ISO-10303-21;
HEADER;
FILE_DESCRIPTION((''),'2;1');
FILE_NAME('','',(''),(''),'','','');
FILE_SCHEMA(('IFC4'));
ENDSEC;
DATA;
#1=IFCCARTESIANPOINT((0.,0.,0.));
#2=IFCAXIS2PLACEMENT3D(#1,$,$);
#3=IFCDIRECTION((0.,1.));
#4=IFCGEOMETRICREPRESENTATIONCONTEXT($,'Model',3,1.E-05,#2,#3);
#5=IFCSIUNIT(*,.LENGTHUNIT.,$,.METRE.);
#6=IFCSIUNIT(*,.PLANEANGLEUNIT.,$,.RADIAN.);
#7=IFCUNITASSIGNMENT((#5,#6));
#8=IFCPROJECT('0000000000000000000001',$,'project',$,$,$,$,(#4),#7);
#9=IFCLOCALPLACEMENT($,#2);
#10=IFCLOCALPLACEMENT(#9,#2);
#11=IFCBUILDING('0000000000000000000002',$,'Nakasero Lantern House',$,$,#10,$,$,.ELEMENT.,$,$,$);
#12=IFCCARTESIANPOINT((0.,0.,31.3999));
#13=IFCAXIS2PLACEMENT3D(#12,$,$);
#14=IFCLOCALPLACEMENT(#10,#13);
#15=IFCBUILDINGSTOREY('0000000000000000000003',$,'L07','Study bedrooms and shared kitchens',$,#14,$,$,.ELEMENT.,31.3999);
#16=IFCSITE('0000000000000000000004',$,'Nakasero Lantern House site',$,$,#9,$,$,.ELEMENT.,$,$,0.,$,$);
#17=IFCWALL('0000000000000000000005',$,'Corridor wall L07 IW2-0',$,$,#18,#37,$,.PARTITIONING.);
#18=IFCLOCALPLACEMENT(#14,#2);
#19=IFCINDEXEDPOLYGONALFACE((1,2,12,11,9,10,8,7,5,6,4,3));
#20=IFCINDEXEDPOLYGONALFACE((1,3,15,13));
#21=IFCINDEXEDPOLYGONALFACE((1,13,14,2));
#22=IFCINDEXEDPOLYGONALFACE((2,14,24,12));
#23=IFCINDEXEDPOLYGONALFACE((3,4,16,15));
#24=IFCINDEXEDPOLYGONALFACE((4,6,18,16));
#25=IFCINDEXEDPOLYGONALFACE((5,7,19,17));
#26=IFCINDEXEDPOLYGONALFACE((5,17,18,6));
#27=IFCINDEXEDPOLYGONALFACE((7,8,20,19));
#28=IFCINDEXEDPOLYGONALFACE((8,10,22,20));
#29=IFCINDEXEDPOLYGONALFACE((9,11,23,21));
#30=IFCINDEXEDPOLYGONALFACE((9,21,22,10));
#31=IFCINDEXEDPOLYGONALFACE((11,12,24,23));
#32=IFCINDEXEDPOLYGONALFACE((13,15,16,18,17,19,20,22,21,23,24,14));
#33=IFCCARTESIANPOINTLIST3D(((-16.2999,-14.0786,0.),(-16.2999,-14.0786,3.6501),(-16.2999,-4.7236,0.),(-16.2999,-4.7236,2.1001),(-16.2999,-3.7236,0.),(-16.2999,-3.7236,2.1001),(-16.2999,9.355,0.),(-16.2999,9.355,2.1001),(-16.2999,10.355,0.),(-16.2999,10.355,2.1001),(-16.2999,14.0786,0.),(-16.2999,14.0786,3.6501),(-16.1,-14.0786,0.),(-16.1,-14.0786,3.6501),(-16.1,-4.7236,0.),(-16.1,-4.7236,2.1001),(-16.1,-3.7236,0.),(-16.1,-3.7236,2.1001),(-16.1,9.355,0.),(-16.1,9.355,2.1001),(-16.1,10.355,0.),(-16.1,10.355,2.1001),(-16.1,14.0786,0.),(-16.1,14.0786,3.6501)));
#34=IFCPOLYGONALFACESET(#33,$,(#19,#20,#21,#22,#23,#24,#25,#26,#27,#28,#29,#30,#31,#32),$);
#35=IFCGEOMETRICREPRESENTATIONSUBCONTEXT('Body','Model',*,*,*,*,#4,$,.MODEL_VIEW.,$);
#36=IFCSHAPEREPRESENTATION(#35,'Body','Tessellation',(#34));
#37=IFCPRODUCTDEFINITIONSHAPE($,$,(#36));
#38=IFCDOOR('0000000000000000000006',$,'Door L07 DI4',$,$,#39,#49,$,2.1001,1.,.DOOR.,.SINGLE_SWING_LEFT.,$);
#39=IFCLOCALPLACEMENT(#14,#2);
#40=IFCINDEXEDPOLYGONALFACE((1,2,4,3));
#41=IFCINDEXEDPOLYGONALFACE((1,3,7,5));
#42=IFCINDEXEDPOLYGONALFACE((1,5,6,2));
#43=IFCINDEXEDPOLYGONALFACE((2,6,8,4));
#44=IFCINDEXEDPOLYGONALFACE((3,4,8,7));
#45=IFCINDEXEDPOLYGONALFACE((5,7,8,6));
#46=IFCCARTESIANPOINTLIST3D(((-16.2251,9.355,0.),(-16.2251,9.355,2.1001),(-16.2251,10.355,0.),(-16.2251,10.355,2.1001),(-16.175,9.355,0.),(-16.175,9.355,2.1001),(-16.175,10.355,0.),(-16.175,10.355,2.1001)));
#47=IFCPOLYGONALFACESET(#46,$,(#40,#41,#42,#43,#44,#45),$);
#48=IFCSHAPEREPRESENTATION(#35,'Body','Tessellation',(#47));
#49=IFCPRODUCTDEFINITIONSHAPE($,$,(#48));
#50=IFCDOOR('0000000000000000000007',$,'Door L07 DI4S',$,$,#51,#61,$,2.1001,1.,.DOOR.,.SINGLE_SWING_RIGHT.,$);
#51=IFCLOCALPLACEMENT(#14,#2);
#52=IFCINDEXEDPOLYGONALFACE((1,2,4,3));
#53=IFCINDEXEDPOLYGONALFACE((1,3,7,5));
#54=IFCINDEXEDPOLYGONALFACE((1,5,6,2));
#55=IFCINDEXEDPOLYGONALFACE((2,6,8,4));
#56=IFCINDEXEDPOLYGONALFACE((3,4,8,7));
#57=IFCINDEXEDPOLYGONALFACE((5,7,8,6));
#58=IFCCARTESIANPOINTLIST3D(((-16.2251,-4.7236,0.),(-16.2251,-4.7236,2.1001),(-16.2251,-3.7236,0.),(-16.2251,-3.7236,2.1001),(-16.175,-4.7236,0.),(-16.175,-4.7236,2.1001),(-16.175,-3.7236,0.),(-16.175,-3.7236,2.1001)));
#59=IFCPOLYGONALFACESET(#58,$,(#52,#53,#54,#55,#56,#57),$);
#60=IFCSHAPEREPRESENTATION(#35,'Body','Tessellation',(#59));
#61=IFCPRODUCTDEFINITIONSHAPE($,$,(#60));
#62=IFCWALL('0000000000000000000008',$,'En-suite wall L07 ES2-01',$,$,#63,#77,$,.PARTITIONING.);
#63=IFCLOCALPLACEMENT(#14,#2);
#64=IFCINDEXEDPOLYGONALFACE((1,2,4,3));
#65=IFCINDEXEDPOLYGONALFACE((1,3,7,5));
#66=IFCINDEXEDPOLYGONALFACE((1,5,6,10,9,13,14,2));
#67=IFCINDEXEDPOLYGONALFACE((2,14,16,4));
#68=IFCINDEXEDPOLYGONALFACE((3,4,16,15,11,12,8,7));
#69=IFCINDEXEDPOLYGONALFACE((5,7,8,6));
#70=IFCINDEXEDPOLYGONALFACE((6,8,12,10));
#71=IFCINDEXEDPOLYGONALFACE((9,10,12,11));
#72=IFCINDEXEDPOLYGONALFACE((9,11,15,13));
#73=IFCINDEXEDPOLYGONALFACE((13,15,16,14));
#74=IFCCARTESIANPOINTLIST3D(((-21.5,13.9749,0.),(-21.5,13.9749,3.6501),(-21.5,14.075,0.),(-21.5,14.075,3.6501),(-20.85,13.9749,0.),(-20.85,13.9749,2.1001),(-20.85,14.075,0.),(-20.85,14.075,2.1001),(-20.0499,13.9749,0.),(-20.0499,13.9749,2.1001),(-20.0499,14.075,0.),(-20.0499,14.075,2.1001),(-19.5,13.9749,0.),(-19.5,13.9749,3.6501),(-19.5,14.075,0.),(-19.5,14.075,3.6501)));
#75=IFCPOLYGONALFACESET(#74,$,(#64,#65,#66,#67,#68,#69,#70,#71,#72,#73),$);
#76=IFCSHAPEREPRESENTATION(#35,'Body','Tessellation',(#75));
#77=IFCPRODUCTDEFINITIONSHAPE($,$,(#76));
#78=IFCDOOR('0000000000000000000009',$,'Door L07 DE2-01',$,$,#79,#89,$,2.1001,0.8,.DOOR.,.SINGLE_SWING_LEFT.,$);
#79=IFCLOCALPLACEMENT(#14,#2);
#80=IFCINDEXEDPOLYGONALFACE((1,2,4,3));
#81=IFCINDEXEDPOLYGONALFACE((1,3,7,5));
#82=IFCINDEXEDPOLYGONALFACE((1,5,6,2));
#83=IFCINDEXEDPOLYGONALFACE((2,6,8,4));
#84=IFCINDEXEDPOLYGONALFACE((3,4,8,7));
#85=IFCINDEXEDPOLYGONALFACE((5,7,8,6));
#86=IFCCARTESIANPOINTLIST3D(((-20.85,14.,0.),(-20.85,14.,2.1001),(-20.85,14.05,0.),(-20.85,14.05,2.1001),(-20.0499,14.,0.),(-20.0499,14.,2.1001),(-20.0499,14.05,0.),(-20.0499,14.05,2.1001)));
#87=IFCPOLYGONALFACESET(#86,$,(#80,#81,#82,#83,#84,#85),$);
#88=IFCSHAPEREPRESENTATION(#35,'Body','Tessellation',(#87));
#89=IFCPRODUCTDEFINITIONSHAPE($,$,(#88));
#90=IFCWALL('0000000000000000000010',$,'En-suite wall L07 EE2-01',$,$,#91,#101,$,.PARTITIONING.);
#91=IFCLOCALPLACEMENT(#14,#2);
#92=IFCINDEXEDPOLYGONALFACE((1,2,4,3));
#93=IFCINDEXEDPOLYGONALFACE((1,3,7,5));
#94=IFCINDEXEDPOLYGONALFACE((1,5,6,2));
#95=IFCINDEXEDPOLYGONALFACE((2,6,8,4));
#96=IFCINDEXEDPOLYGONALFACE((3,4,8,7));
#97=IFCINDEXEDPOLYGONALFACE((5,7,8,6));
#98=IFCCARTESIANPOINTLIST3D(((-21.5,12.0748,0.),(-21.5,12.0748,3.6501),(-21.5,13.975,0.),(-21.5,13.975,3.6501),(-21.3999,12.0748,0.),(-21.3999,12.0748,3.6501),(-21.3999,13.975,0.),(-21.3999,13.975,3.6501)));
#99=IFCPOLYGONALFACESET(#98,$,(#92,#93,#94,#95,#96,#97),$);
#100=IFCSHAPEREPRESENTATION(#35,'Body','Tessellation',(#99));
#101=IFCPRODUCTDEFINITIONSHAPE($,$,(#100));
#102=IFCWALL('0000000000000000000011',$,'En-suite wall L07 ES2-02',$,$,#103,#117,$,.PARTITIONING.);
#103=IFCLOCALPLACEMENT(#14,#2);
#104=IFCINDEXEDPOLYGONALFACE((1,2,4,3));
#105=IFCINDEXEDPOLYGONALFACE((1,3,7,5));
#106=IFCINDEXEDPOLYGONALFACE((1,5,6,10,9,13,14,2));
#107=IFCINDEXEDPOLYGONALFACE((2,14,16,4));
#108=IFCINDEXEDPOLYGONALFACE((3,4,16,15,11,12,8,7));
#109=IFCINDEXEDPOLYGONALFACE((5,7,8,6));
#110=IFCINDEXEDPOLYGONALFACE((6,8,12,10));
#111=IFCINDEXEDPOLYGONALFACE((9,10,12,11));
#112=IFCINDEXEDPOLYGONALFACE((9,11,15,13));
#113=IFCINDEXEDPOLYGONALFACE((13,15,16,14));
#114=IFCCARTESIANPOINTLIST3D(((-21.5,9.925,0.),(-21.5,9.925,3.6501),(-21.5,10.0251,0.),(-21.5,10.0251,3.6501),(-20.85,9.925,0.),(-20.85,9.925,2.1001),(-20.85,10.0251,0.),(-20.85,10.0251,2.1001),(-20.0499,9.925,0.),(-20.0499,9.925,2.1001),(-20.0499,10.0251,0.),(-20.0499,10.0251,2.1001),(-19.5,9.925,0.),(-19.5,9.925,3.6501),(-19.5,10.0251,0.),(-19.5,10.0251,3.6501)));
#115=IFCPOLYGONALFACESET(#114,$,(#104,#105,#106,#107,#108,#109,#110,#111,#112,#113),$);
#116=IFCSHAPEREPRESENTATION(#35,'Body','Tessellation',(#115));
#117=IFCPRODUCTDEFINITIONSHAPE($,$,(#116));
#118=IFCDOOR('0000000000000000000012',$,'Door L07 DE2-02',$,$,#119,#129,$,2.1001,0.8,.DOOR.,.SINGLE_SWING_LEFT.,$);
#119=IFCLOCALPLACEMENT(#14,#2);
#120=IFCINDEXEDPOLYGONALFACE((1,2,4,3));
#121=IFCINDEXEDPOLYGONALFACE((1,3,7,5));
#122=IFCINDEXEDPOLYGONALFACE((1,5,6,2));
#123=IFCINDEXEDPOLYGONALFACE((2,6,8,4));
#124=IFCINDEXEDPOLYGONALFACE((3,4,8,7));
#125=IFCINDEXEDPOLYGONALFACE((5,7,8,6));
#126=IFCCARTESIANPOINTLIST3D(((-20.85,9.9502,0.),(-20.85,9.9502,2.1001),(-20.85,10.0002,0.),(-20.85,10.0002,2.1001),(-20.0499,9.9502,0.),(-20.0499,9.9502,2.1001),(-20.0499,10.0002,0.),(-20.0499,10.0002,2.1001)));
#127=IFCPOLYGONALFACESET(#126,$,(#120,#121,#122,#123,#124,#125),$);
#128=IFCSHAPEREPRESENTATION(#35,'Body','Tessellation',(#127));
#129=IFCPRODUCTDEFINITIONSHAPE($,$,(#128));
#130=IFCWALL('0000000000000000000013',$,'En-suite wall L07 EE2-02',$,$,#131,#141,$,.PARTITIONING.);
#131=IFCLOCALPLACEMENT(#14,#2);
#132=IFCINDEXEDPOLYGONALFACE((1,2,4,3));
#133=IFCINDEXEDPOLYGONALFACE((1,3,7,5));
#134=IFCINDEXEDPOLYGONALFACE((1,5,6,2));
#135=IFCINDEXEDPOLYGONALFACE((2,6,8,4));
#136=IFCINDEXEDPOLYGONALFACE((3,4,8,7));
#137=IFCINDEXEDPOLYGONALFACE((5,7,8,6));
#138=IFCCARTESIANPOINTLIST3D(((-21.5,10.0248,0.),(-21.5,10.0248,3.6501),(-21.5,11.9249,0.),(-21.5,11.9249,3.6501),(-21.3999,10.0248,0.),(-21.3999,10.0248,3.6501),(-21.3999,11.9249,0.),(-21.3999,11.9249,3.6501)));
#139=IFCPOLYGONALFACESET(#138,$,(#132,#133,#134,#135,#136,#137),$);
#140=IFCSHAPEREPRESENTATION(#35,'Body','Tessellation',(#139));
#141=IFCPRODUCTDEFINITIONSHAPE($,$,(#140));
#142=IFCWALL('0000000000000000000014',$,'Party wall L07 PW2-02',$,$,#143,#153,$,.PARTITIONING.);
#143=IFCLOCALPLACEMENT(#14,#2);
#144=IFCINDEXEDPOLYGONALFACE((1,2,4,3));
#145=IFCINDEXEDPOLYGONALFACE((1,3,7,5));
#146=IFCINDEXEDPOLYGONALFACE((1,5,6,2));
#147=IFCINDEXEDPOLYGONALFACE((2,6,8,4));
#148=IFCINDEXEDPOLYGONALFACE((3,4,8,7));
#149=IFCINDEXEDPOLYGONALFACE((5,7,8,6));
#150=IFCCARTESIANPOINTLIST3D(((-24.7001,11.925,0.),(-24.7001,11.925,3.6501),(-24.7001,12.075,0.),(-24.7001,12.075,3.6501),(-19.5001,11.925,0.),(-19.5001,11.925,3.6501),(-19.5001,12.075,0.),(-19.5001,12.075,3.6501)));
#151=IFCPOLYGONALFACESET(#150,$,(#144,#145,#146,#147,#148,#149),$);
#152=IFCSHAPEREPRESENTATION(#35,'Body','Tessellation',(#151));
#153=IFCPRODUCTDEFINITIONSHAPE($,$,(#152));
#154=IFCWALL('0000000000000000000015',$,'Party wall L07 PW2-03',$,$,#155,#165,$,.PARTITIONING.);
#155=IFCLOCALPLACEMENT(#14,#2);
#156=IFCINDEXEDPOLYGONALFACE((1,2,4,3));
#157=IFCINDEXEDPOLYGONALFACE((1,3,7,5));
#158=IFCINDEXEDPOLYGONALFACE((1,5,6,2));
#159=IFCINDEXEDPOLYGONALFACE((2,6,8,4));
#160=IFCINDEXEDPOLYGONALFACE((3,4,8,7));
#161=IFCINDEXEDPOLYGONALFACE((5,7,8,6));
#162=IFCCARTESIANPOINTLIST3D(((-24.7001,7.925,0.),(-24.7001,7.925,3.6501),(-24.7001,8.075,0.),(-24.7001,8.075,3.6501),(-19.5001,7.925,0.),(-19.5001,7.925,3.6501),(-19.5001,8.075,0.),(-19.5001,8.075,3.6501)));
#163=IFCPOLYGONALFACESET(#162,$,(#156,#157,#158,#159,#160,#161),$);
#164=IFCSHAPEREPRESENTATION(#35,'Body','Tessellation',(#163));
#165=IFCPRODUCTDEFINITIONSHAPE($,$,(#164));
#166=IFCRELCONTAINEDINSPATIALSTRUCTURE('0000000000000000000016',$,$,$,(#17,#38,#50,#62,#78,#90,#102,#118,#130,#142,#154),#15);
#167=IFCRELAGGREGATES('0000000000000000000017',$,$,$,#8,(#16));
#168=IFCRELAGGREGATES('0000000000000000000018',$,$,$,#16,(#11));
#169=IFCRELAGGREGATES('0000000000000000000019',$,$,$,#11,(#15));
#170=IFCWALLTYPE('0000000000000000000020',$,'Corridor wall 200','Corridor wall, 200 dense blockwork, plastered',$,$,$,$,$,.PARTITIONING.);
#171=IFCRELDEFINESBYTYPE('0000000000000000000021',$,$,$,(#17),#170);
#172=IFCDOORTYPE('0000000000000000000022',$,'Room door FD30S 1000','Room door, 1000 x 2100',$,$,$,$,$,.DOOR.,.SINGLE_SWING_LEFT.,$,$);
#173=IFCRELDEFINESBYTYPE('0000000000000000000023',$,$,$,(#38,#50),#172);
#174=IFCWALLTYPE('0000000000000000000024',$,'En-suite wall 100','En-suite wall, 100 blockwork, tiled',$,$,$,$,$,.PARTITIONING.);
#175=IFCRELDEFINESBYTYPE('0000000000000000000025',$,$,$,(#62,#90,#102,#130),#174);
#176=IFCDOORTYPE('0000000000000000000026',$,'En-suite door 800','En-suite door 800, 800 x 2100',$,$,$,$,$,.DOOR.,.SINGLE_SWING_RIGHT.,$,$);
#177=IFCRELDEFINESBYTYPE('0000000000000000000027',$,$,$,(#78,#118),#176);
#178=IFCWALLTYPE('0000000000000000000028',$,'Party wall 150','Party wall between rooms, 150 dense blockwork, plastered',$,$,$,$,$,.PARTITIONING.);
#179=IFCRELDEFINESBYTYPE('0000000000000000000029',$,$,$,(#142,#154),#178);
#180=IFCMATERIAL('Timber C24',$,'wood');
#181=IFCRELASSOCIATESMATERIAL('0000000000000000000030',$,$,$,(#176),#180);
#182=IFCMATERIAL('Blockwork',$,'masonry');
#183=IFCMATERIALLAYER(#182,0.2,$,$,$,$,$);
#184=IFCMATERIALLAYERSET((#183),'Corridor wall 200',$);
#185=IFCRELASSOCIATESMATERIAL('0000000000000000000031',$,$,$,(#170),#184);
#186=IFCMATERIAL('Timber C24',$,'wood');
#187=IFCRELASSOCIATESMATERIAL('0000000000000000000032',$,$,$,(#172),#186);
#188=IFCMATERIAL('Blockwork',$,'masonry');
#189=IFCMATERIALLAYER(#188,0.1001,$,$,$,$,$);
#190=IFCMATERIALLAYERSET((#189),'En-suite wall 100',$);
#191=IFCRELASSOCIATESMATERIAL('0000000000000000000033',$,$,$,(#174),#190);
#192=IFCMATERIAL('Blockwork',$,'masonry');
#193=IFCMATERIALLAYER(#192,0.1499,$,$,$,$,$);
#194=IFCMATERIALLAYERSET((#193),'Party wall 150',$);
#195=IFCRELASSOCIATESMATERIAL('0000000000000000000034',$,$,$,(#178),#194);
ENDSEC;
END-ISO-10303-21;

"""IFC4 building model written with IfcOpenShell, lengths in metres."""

from ifc_helpers import new_model, si_unit, direction, frame, frame_2d, origin, place, context, subcontext, project, spatial, rectangle, extrude, material, layer, layer_set, type_object, element, fill, save


model = new_model("IFC4")

# Units and contexts
model_context = context("Model", 3, precision=1e-05, world=origin(), true_north=direction((0.0, 1.0)))
body_context = subcontext(model_context, "Body", "Model", "MODEL_VIEW")
ifc_project = project(units=[si_unit("LENGTHUNIT", "METRE"), si_unit("PLANEANGLEUNIT", "RADIAN")], contexts=[model_context])

# Site, building, storey
site_placement = place(None, origin())
site = spatial("IfcSite", under=ifc_project, at=site_placement, Name="Nakasero Lantern House site", CompositionType="ELEMENT", RefElevation=0.0)
building_placement = place(site_placement, origin())
building = spatial("IfcBuilding", under=site, at=building_placement, Name="Nakasero Lantern House", CompositionType="ELEMENT")
storey_placement = place(building_placement, frame((0.0, 0.0, 31.3999)))
storey = spatial("IfcBuildingStorey", under=building, at=storey_placement, Name="L07", Description="Study bedrooms and shared kitchens", CompositionType="ELEMENT", Elevation=31.3999)

# Wall, openings, doors
ifc_material_1 = material(Name="Timber C24", Category="wood")
door_type_1 = type_object("IfcDoorType", Name="En-suite door 800", Description="En-suite door 800, 800 x 2100", OperationType="SINGLE_SWING_RIGHT", PredefinedType="DOOR", material=ifc_material_1)
ifc_material_2 = material(Name="Blockwork", Category="masonry")
ifc_layer_1 = layer(ifc_material_2, 0.2)
ifc_layer_set_1 = layer_set([ifc_layer_1], Name="Corridor wall 200")
wall_type_1 = type_object("IfcWallType", Name="Corridor wall 200", Description="Corridor wall, 200 dense blockwork, plastered", PredefinedType="PARTITIONING", material=ifc_layer_set_1)
wall_1_placement = place(storey_placement, frame((-16.2, 14.0786, 0.0), z_axis=(0.0, 0.0, 1.0), x_axis=(0.0, -1.0, 0.0)))
wall_1 = element("IfcWall", 1, at=wall_1_placement, inside=storey, type_object=wall_type_1, Name="Corridor wall L07 IW2-0", PredefinedType="PARTITIONING", context=body_context, shape_type="SweptSolid", body=[
    extrude(rectangle(XDim=28.1572, YDim=0.2, at=frame_2d((14.0786, 0.0))), origin(), (0.0, 0.0, 1.0), 3.6501),
])
opening_1_placement = place(wall_1_placement, frame((3.7236, 0.0, 0.0)))
opening_1 = element("IfcOpeningElement", 2, at=opening_1_placement, cuts=wall_1, PredefinedType="OPENING", context=body_context, shape_type="SweptSolid", body=[
    extrude(rectangle(XDim=1.0, YDim=2.1001, at=frame_2d((0.5, 1.05))), frame((0.0, 0.1199, 0.0), z_axis=(0.0, -1.0, 0.0), x_axis=(1.0, 0.0, 0.0)), (0.0, 0.0, 1.0), 0.24),
])
opening_2_placement = place(wall_1_placement, frame((17.8022, 0.0, 0.0)))
opening_2 = element("IfcOpeningElement", 3, at=opening_2_placement, cuts=wall_1, PredefinedType="OPENING", context=body_context, shape_type="SweptSolid", body=[
    extrude(rectangle(XDim=1.0, YDim=2.1001, at=frame_2d((0.5, 1.05))), frame((0.0, 0.1199, 0.0), z_axis=(0.0, -1.0, 0.0), x_axis=(1.0, 0.0, 0.0)), (0.0, 0.0, 1.0), 0.24),
])
ifc_material_3 = material(Name="Timber C24", Category="wood")
door_type_2 = type_object("IfcDoorType", Name="Room door FD30S 1000", Description="Room door, 1000 x 2100", OperationType="SINGLE_SWING_LEFT", PredefinedType="DOOR", material=ifc_material_3)
door_1_placement = place(opening_1_placement, origin())
door_1 = element("IfcDoor", 4, at=door_1_placement, inside=storey, type_object=door_type_2, Name="Door L07 DI4", OperationType="SINGLE_SWING_LEFT", OverallHeight=2.1001, OverallWidth=1.0, PredefinedType="DOOR", context=body_context, shape_type="SweptSolid", body=[
    extrude(rectangle(XDim=1.0, YDim=2.1001, at=frame_2d((0.5, 1.05))), frame((0.0, 0.0249, 0.0), z_axis=(0.0, -1.0, 0.0), x_axis=(1.0, 0.0, 0.0)), (0.0, 0.0, 1.0), 0.05),
])
fill(opening_1, door_1)
door_2_placement = place(opening_2_placement, origin())
door_2 = element("IfcDoor", 5, at=door_2_placement, inside=storey, type_object=door_type_2, Name="Door L07 DI4S", OperationType="SINGLE_SWING_RIGHT", OverallHeight=2.1001, OverallWidth=1.0, PredefinedType="DOOR", context=body_context, shape_type="SweptSolid", body=[
    extrude(rectangle(XDim=1.0, YDim=2.1001, at=frame_2d((0.5, 1.05))), frame((0.0, 0.0249, 0.0), z_axis=(0.0, -1.0, 0.0), x_axis=(1.0, 0.0, 0.0)), (0.0, 0.0, 1.0), 0.05),
])
fill(opening_2, door_2)

# Wall, opening, door
ifc_material_4 = material(Name="Blockwork", Category="masonry")
ifc_layer_2 = layer(ifc_material_4, 0.1001)
ifc_layer_set_2 = layer_set([ifc_layer_2], Name="En-suite wall 100")
wall_type_2 = type_object("IfcWallType", Name="En-suite wall 100", Description="En-suite wall, 100 blockwork, tiled", PredefinedType="PARTITIONING", material=ifc_layer_set_2)
wall_2_placement = place(storey_placement, frame((-19.5, 14.0249, 0.0), z_axis=(0.0, 0.0, 1.0), x_axis=(-1.0, 0.0, 0.0)))
wall_2 = element("IfcWall", 6, at=wall_2_placement, inside=storey, type_object=wall_type_2, Name="En-suite wall L07 ES2-01", PredefinedType="PARTITIONING", context=body_context, shape_type="SweptSolid", body=[
    extrude(rectangle(XDim=2.0, YDim=0.1001, at=frame_2d((1.0, 0.0))), origin(), (0.0, 0.0, 1.0), 3.6501),
])
opening_3_placement = place(wall_2_placement, frame((0.55, 0.0, 0.0)))
opening_3 = element("IfcOpeningElement", 7, at=opening_3_placement, cuts=wall_2, PredefinedType="OPENING", context=body_context, shape_type="SweptSolid", body=[
    extrude(rectangle(XDim=0.8, YDim=2.1001, at=frame_2d((0.3999, 1.05))), frame((0.0, 0.0701, 0.0), z_axis=(0.0, -1.0, 0.0), x_axis=(1.0, 0.0, 0.0)), (0.0, 0.0, 1.0), 0.1401),
])
door_3_placement = place(opening_3_placement, origin())
door_3 = element("IfcDoor", 8, at=door_3_placement, inside=storey, type_object=door_type_1, Name="Door L07 DE2-01", OperationType="SINGLE_SWING_LEFT", OverallHeight=2.1001, OverallWidth=0.8, PredefinedType="DOOR", context=body_context, shape_type="SweptSolid", body=[
    extrude(rectangle(XDim=0.8, YDim=2.1001, at=frame_2d((0.3999, 1.05))), frame((0.0, 0.0249, 0.0), z_axis=(0.0, -1.0, 0.0), x_axis=(1.0, 0.0, 0.0)), (0.0, 0.0, 1.0), 0.05),
])
fill(opening_3, door_3)

# Wall
wall_3_placement = place(storey_placement, frame((-21.45, 13.9751, 0.0), z_axis=(0.0, 0.0, 1.0), x_axis=(0.0, -1.0, 0.0)))
element("IfcWall", 9, at=wall_3_placement, inside=storey, type_object=wall_type_2, Name="En-suite wall L07 EE2-01", PredefinedType="PARTITIONING", context=body_context, shape_type="SweptSolid", body=[
    extrude(rectangle(XDim=1.9001, YDim=0.1001, at=frame_2d((0.9502, 0.0))), origin(), (0.0, 0.0, 1.0), 3.6501),
])

# Wall, opening, door
wall_4_placement = place(storey_placement, frame((-19.5, 9.9751, 0.0), z_axis=(0.0, 0.0, 1.0), x_axis=(-1.0, 0.0, 0.0)))
wall_4 = element("IfcWall", 10, at=wall_4_placement, inside=storey, type_object=wall_type_2, Name="En-suite wall L07 ES2-02", PredefinedType="PARTITIONING", context=body_context, shape_type="SweptSolid", body=[
    extrude(rectangle(XDim=2.0, YDim=0.1001, at=frame_2d((1.0, 0.0))), origin(), (0.0, 0.0, 1.0), 3.6501),
])
opening_4_placement = place(wall_4_placement, frame((0.55, 0.0, 0.0)))
opening_4 = element("IfcOpeningElement", 11, at=opening_4_placement, cuts=wall_4, PredefinedType="OPENING", context=body_context, shape_type="SweptSolid", body=[
    extrude(rectangle(XDim=0.8, YDim=2.1001, at=frame_2d((0.3999, 1.05))), frame((0.0, 0.0701, 0.0), z_axis=(0.0, -1.0, 0.0), x_axis=(1.0, 0.0, 0.0)), (0.0, 0.0, 1.0), 0.1401),
])
door_4_placement = place(opening_4_placement, origin())
door_4 = element("IfcDoor", 12, at=door_4_placement, inside=storey, type_object=door_type_1, Name="Door L07 DE2-02", OperationType="SINGLE_SWING_LEFT", OverallHeight=2.1001, OverallWidth=0.8, PredefinedType="DOOR", context=body_context, shape_type="SweptSolid", body=[
    extrude(rectangle(XDim=0.8, YDim=2.1001, at=frame_2d((0.3999, 1.05))), frame((0.0, 0.0249, 0.0), z_axis=(0.0, -1.0, 0.0), x_axis=(1.0, 0.0, 0.0)), (0.0, 0.0, 1.0), 0.05),
])
fill(opening_4, door_4)

# Walls
wall_5_placement = place(storey_placement, frame((-21.45, 11.925, 0.0), z_axis=(0.0, 0.0, 1.0), x_axis=(0.0, -1.0, 0.0)))
element("IfcWall", 13, at=wall_5_placement, inside=storey, type_object=wall_type_2, Name="En-suite wall L07 EE2-02", PredefinedType="PARTITIONING", context=body_context, shape_type="SweptSolid", body=[
    extrude(rectangle(XDim=1.9001, YDim=0.1001, at=frame_2d((0.9502, 0.0))), origin(), (0.0, 0.0, 1.0), 3.6501),
])
ifc_material_5 = material(Name="Blockwork", Category="masonry")
ifc_layer_3 = layer(ifc_material_5, 0.1499)
ifc_layer_set_3 = layer_set([ifc_layer_3], Name="Party wall 150")
wall_type_3 = type_object("IfcWallType", Name="Party wall 150", Description="Party wall between rooms, 150 dense blockwork, plastered", PredefinedType="PARTITIONING", material=ifc_layer_set_3)
for number, where, z_axis, x_axis, name in (
    (14, (-19.5, 12.0, 0.0), (0.0, 0.0, 1.0), (-1.0, 0.0, 0.0), "Party wall L07 PW2-02"),
    (15, (-19.5, 8.0, 0.0), (0.0, 0.0, 1.0), (-1.0, 0.0, 0.0), "Party wall L07 PW2-03"),
):
    element("IfcWall", number, at=place(storey_placement, frame(where, z_axis=z_axis, x_axis=x_axis)), inside=storey, type_object=wall_type_3, Name=name, PredefinedType="PARTITIONING", context=body_context, shape_type="SweptSolid", body=[
        extrude(rectangle(XDim=5.2, YDim=0.1499, at=frame_2d((2.6001, 0.0))), origin(), (0.0, 0.0, 1.0), 3.6501),
    ])

save(model, "model.ifc")
